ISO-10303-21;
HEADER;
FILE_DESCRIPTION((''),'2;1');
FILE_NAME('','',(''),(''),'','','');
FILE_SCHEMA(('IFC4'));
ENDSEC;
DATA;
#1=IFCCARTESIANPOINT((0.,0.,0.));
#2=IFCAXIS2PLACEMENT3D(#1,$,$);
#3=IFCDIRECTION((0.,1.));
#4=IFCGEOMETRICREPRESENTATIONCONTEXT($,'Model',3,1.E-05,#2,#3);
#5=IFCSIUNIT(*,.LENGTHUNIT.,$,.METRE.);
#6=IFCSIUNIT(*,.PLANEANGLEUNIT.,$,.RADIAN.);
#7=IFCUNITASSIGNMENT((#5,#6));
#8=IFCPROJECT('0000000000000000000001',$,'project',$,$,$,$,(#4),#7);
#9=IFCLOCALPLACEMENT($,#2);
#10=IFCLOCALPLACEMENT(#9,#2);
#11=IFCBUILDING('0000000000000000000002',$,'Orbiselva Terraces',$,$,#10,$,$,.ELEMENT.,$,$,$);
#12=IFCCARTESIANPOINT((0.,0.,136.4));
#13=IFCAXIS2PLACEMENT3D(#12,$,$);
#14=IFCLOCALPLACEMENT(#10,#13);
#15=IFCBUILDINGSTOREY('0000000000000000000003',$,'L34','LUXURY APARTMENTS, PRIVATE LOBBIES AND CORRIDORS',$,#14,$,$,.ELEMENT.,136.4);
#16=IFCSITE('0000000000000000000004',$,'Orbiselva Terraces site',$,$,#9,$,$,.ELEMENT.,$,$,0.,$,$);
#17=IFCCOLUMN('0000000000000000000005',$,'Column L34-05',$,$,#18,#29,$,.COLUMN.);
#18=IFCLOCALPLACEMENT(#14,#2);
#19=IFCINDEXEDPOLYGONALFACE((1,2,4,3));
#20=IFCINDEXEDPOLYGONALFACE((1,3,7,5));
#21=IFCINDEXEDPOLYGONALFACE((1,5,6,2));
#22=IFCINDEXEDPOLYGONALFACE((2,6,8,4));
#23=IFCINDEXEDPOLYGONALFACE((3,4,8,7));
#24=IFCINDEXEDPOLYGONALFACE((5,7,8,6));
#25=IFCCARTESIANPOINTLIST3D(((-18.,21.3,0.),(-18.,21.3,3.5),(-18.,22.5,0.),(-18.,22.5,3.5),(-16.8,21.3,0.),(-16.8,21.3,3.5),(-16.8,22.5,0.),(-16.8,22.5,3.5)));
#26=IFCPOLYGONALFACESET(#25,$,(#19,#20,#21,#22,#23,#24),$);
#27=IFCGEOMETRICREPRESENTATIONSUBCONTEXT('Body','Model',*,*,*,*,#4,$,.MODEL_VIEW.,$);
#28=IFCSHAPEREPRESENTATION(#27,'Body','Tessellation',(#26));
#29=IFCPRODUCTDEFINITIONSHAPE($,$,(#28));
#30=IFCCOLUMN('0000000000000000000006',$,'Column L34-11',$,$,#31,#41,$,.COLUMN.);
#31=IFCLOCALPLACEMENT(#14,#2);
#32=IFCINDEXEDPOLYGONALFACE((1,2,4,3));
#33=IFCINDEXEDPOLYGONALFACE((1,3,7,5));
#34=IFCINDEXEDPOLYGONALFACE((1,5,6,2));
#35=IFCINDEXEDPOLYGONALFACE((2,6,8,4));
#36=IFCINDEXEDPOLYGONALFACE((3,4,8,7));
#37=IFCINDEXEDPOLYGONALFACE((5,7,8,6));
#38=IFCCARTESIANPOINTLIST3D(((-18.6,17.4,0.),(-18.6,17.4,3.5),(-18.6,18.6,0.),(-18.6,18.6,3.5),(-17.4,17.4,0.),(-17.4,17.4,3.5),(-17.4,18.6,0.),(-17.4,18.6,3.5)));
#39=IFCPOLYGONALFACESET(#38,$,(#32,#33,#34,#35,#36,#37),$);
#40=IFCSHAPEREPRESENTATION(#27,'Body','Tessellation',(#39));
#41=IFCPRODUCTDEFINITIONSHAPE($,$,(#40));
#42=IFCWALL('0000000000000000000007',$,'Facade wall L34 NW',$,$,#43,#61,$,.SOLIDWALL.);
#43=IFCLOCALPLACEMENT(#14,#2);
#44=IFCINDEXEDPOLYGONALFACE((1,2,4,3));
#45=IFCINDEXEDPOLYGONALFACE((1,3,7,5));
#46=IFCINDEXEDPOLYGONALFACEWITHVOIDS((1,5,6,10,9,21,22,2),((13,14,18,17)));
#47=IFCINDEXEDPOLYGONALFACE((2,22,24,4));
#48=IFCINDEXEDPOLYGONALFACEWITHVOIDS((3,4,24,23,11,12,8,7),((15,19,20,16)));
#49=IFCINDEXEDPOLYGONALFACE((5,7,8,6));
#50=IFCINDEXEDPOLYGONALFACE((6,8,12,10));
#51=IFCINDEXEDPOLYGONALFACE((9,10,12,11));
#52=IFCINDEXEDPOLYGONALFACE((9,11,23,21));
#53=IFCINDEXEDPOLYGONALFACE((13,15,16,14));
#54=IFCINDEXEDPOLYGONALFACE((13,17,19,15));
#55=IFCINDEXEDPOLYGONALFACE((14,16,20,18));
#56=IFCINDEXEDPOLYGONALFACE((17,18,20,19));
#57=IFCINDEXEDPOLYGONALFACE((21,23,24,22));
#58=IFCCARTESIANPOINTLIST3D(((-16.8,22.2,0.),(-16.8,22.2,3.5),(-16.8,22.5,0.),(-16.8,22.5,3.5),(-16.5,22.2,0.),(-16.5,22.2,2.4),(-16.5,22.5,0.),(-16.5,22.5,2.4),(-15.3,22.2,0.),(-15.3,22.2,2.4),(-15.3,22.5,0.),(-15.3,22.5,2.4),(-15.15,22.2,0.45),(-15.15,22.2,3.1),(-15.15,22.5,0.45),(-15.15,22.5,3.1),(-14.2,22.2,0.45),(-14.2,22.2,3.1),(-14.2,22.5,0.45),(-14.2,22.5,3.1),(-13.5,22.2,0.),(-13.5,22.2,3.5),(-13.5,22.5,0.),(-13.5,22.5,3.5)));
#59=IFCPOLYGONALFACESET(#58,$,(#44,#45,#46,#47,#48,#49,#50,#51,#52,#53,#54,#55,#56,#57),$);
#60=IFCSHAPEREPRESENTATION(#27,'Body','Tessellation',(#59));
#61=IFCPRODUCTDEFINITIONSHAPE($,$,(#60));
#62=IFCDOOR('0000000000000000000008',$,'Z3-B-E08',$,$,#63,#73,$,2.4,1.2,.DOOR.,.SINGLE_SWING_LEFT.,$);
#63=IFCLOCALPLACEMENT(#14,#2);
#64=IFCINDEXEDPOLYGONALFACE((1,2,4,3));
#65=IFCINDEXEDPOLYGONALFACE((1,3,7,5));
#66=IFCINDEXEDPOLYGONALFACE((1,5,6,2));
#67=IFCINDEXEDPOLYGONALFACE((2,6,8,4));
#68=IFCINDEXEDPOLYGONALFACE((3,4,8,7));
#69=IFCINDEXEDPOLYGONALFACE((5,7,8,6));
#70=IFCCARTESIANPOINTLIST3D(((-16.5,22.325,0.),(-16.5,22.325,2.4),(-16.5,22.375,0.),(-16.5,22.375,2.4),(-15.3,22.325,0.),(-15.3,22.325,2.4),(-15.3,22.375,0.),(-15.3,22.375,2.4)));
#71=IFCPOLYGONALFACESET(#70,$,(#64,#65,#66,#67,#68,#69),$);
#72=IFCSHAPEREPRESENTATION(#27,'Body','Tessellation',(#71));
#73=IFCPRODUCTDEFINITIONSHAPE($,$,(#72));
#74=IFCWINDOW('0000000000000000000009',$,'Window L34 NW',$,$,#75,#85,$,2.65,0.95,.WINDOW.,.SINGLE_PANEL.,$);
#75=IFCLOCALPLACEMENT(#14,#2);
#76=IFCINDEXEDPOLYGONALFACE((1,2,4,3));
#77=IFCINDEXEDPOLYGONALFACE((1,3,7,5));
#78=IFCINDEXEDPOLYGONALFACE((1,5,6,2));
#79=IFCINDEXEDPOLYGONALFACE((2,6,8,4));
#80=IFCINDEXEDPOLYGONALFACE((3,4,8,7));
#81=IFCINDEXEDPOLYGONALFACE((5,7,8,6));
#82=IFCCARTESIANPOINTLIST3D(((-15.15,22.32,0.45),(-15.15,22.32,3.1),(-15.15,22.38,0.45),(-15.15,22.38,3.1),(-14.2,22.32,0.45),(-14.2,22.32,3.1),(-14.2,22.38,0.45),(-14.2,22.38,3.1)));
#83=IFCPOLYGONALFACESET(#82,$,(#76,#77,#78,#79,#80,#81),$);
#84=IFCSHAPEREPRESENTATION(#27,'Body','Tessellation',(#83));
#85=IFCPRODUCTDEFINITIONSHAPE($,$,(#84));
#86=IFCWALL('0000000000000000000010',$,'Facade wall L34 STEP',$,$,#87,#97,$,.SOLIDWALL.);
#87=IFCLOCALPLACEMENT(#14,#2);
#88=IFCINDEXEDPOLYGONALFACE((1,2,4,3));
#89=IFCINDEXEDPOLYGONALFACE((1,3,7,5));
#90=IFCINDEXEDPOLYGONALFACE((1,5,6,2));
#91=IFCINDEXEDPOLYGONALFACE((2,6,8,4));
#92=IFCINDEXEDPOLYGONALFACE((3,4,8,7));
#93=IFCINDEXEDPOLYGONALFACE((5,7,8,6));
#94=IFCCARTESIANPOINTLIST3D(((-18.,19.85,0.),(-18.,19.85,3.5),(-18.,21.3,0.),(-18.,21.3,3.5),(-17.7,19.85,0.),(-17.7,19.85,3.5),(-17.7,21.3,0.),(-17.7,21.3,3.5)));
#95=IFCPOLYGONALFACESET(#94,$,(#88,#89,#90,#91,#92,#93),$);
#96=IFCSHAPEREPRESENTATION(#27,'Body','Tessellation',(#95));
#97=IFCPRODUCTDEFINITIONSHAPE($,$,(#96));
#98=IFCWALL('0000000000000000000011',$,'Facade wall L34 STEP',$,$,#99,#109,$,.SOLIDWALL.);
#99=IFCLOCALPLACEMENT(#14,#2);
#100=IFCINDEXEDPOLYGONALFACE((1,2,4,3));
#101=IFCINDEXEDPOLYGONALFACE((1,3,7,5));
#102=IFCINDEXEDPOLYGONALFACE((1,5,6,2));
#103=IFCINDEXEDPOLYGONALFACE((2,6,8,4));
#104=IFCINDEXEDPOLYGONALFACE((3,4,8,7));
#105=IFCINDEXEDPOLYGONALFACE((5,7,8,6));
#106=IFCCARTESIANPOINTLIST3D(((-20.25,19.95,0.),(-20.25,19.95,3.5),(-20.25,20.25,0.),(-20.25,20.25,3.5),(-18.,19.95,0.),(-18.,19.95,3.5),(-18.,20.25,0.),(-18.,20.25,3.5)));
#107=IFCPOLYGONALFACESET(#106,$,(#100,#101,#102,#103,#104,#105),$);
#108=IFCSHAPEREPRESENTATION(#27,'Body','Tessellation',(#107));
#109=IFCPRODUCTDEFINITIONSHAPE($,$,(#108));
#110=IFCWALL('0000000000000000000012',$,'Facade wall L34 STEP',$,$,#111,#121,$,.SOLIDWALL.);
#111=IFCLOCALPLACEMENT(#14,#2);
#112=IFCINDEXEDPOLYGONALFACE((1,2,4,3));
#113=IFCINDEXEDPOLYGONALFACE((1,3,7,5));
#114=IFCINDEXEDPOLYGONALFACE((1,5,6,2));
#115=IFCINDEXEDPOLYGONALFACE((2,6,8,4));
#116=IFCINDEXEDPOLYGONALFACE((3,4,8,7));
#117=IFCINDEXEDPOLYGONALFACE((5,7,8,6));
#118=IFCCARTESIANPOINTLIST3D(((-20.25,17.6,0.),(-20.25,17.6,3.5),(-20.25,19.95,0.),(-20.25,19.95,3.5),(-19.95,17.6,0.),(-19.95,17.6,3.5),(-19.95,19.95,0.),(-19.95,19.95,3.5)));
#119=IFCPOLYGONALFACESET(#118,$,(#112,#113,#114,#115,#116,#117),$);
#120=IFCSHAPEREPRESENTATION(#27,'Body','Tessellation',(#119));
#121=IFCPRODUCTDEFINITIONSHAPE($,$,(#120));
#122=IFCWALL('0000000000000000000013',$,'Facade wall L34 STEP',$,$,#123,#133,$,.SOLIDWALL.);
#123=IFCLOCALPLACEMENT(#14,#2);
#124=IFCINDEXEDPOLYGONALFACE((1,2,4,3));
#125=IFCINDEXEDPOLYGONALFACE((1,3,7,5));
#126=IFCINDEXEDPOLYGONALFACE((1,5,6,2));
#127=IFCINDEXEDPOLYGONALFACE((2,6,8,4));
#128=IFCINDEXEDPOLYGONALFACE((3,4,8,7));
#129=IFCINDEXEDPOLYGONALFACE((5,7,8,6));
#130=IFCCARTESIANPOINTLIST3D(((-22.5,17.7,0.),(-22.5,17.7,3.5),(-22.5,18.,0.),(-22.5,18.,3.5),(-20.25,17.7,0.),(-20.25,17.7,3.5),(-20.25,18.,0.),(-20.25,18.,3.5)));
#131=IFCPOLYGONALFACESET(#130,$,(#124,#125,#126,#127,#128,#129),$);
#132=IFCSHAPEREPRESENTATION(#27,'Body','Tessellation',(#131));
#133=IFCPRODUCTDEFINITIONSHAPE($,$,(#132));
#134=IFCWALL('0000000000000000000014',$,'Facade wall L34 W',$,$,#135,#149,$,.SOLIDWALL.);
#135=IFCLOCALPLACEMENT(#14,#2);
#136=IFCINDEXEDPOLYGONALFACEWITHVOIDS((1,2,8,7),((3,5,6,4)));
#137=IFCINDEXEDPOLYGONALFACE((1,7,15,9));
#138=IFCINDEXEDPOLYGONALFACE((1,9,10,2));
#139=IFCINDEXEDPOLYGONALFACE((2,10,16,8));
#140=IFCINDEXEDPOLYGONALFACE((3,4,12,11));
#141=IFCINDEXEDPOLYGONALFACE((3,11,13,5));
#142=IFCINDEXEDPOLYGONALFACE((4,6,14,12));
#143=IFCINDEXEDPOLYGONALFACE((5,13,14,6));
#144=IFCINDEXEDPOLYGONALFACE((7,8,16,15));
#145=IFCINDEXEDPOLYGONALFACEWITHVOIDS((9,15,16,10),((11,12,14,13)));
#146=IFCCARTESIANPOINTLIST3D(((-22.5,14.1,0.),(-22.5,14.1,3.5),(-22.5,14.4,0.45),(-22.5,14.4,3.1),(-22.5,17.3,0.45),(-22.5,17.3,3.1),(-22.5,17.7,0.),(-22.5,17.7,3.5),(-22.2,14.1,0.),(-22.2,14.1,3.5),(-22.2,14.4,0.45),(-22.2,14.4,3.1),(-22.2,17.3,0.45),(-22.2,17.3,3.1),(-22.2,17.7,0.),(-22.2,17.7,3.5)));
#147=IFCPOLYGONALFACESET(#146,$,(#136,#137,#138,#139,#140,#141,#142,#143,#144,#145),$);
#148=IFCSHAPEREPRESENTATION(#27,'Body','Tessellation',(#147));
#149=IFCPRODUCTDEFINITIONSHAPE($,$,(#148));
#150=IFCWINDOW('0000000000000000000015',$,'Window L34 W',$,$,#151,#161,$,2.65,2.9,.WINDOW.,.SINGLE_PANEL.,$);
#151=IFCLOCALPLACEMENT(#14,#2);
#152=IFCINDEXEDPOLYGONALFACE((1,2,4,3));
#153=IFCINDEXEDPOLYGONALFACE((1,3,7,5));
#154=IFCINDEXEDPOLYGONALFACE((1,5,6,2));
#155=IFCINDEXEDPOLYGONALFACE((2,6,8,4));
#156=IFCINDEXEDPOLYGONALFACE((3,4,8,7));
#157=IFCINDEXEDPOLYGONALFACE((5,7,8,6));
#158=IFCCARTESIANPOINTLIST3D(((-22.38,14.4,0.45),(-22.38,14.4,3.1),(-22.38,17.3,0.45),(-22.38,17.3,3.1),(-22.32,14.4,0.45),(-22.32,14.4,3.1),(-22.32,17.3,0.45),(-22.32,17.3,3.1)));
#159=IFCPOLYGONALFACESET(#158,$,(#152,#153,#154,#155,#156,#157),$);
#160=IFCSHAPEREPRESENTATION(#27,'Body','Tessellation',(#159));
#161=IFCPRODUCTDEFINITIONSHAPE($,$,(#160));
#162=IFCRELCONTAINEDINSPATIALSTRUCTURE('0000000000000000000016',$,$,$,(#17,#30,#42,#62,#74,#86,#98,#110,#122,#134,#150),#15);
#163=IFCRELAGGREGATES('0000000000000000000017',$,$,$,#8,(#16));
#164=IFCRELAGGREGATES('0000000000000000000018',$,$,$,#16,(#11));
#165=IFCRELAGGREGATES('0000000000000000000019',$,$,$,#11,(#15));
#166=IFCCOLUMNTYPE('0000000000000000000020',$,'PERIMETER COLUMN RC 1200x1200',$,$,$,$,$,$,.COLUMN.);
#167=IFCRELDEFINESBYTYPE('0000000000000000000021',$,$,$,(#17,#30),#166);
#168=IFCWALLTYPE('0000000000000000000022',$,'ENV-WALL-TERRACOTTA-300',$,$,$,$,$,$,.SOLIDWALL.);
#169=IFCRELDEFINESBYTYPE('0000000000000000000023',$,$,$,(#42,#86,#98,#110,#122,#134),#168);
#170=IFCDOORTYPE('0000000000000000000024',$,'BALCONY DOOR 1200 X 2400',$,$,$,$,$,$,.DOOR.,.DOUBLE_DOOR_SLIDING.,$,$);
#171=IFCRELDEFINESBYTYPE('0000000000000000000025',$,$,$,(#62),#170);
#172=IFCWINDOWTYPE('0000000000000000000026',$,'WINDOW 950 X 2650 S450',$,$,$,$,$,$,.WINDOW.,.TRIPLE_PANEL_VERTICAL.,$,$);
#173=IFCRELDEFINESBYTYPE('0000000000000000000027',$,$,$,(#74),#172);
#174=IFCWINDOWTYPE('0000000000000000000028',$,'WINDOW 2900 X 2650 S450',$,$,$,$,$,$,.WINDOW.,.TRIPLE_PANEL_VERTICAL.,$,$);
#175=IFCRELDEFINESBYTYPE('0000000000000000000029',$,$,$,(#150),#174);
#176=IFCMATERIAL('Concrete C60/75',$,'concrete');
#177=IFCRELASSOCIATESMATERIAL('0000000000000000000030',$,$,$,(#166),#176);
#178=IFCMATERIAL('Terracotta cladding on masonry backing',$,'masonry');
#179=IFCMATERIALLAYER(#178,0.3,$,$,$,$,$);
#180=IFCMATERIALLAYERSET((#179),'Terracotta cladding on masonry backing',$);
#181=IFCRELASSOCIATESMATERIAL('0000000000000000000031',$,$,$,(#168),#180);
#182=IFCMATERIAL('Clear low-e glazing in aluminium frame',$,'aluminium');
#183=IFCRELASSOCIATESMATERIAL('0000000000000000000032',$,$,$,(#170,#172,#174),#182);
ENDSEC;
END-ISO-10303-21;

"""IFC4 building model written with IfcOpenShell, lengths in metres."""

from ifc_helpers import new_model, si_unit, direction, frame, frame_2d, origin, origin_2d, place, context, subcontext, project, spatial, rectangle, extrude, material, layer, layer_set, material_profile, profile_set, type_object, element, fill, save


model = new_model("IFC4")

# Units and contexts
model_context = context("Model", 3, precision=1e-05, world=origin(), true_north=direction((0.0, 1.0)))
body_context = subcontext(model_context, "Body", "Model", "MODEL_VIEW")
ifc_project = project(units=[si_unit("LENGTHUNIT", "METRE"), si_unit("PLANEANGLEUNIT", "RADIAN")], contexts=[model_context])

# Site, building, storey
site_placement = place(None, origin())
site = spatial("IfcSite", under=ifc_project, at=site_placement, Name="Orbiselva Terraces site", CompositionType="ELEMENT", RefElevation=0.0)
building_placement = place(site_placement, origin())
building = spatial("IfcBuilding", under=site, at=building_placement, Name="Orbiselva Terraces", CompositionType="ELEMENT")
storey_placement = place(building_placement, frame((0.0, 0.0, 136.4)))
storey = spatial("IfcBuildingStorey", under=building, at=storey_placement, Name="L34", Description="LUXURY APARTMENTS, PRIVATE LOBBIES AND CORRIDORS", CompositionType="ELEMENT", Elevation=136.4)

# Columns
ifc_material_1 = material(Name="Concrete C60/75", Category="concrete")
ifc_material_profile = material_profile(ifc_material_1, rectangle(XDim=1.2, YDim=1.2, at=origin_2d()), Name="RC 1200x1200")
ifc_profile_set = profile_set([ifc_material_profile], Name="Concrete C60/75")
column_type = type_object("IfcColumnType", Name="PERIMETER COLUMN RC 1200x1200", PredefinedType="COLUMN", material=ifc_profile_set)
for number, where, z_axis, x_axis, name in (
    (1, (-17.4, 21.9, 0.0), (0.0, 0.0, 1.0), (1.0, 0.0, 0.0), "Column L34-05"),
    (2, (-18.0, 18.0, 0.0), (0.0, 0.0, 1.0), (1.0, 0.0, 0.0), "Column L34-11"),
):
    element("IfcColumn", number, at=place(storey_placement, frame(where, z_axis=z_axis, x_axis=x_axis)), inside=storey, type_object=column_type, Name=name, PredefinedType="COLUMN", context=body_context, shape_type="SweptSolid", body=[
        extrude(rectangle(XDim=1.2, YDim=1.2, at=origin_2d()), origin(), (0.0, 0.0, 1.0), 3.5),
    ])

# Wall, openings, door, window
ifc_material_2 = material(Name="Terracotta cladding on masonry backing", Category="masonry")
ifc_layer_1 = layer(ifc_material_2, 0.3)
ifc_layer_set_1 = layer_set([ifc_layer_1], Name="Terracotta cladding on masonry backing")
wall_type_1 = type_object("IfcWallType", Name="ENV-WALL-TERRACOTTA-300", PredefinedType="SOLIDWALL", material=ifc_layer_set_1)
wall_1_placement = place(storey_placement, frame((-16.8, 22.35, 0.0), z_axis=(0.0, 0.0, 1.0), x_axis=(1.0, 0.0, 0.0)))
wall_1 = element("IfcWall", 3, at=wall_1_placement, inside=storey, type_object=wall_type_1, Name="Facade wall L34 NW", PredefinedType="SOLIDWALL", context=body_context, shape_type="SweptSolid", body=[
    extrude(rectangle(XDim=3.3, YDim=0.3, at=frame_2d((1.65, 0.0))), origin(), (0.0, 0.0, 1.0), 3.5),
])
opening_1_placement = place(wall_1_placement, frame((1.65, 0.0, 0.45)))
opening_1 = element("IfcOpeningElement", 4, at=opening_1_placement, cuts=wall_1, PredefinedType="OPENING", context=body_context, shape_type="SweptSolid", body=[
    extrude(rectangle(XDim=0.95, YDim=2.65, at=frame_2d((0.475, 1.325))), frame((0.0, 0.16, 0.0), z_axis=(0.0, -1.0, 0.0), x_axis=(1.0, 0.0, 0.0)), (0.0, 0.0, 1.0), 0.32),
])
opening_2_placement = place(wall_1_placement, frame((0.3, 0.0, 0.0)))
opening_2 = element("IfcOpeningElement", 5, at=opening_2_placement, cuts=wall_1, PredefinedType="OPENING", context=body_context, shape_type="SweptSolid", body=[
    extrude(rectangle(XDim=1.2, YDim=2.4, at=frame_2d((0.6, 1.2))), frame((0.0, 0.16, 0.0), z_axis=(0.0, -1.0, 0.0), x_axis=(1.0, 0.0, 0.0)), (0.0, 0.0, 1.0), 0.32),
])
ifc_material_3 = material(Name="Clear low-e glazing in aluminium frame", Category="aluminium")
door_type_1 = type_object("IfcDoorType", Name="BALCONY DOOR 1200 X 2400", OperationType="DOUBLE_DOOR_SLIDING", PredefinedType="DOOR", material=ifc_material_3)
door_1_placement = place(opening_2_placement, origin())
door_1 = element("IfcDoor", 6, at=door_1_placement, inside=storey, type_object=door_type_1, Name="Z3-B-E08", OperationType="SINGLE_SWING_LEFT", OverallHeight=2.4, OverallWidth=1.2, PredefinedType="DOOR", context=body_context, shape_type="SweptSolid", body=[
    extrude(rectangle(XDim=1.2, YDim=2.4, at=frame_2d((0.6, 1.2))), frame((0.0, 0.025, 0.0), z_axis=(0.0, -1.0, 0.0), x_axis=(1.0, 0.0, 0.0)), (0.0, 0.0, 1.0), 0.05),
])
fill(opening_2, door_1)
window_type_1 = type_object("IfcWindowType", Name="WINDOW 950 X 2650 S450", PartitioningType="TRIPLE_PANEL_VERTICAL", PredefinedType="WINDOW", material=ifc_material_3)
window_1_placement = place(opening_1_placement, origin())
window_1 = element("IfcWindow", 7, at=window_1_placement, inside=storey, type_object=window_type_1, Name="Window L34 NW", OverallHeight=2.65, OverallWidth=0.95, PartitioningType="SINGLE_PANEL", PredefinedType="WINDOW", context=body_context, shape_type="SweptSolid", body=[
    extrude(rectangle(XDim=0.95, YDim=2.65, at=frame_2d((0.475, 1.325))), frame((0.0, 0.03, 0.0), z_axis=(0.0, -1.0, 0.0), x_axis=(1.0, 0.0, 0.0)), (0.0, 0.0, 1.0), 0.06),
])
fill(opening_1, window_1)

# Walls
wall_2_placement = place(storey_placement, frame((-17.85, 19.85, 0.0), z_axis=(0.0, 0.0, 1.0), x_axis=(0.0, 1.0, 0.0)))
element("IfcWall", 8, at=wall_2_placement, inside=storey, type_object=wall_type_1, Name="Facade wall L34 STEP", PredefinedType="SOLIDWALL", context=body_context, shape_type="SweptSolid", body=[
    extrude(rectangle(XDim=1.45, YDim=0.3, at=frame_2d((0.725, 0.0))), origin(), (0.0, 0.0, 1.0), 3.5),
])
wall_3_placement = place(storey_placement, frame((-20.25, 20.1, 0.0), z_axis=(0.0, 0.0, 1.0), x_axis=(1.0, 0.0, 0.0)))
element("IfcWall", 9, at=wall_3_placement, inside=storey, type_object=wall_type_1, Name="Facade wall L34 STEP", PredefinedType="SOLIDWALL", context=body_context, shape_type="SweptSolid", body=[
    extrude(rectangle(XDim=2.25, YDim=0.3, at=frame_2d((1.125, 0.0))), origin(), (0.0, 0.0, 1.0), 3.5),
])
wall_4_placement = place(storey_placement, frame((-20.1, 17.6, 0.0), z_axis=(0.0, 0.0, 1.0), x_axis=(0.0, 1.0, 0.0)))
element("IfcWall", 10, at=wall_4_placement, inside=storey, type_object=wall_type_1, Name="Facade wall L34 STEP", PredefinedType="SOLIDWALL", context=body_context, shape_type="SweptSolid", body=[
    extrude(rectangle(XDim=2.35, YDim=0.3, at=frame_2d((1.175, 0.0))), origin(), (0.0, 0.0, 1.0), 3.5),
])
wall_5_placement = place(storey_placement, frame((-22.5, 17.85, 0.0), z_axis=(0.0, 0.0, 1.0), x_axis=(1.0, 0.0, 0.0)))
element("IfcWall", 11, at=wall_5_placement, inside=storey, type_object=wall_type_1, Name="Facade wall L34 STEP", PredefinedType="SOLIDWALL", context=body_context, shape_type="SweptSolid", body=[
    extrude(rectangle(XDim=2.25, YDim=0.3, at=frame_2d((1.125, 0.0))), origin(), (0.0, 0.0, 1.0), 3.5),
])

# Wall, opening, window
wall_6_placement = place(storey_placement, frame((-22.35, 14.1, 0.0), z_axis=(0.0, 0.0, 1.0), x_axis=(0.0, 1.0, 0.0)))
wall_6 = element("IfcWall", 12, at=wall_6_placement, inside=storey, type_object=wall_type_1, Name="Facade wall L34 W", PredefinedType="SOLIDWALL", context=body_context, shape_type="SweptSolid", body=[
    extrude(rectangle(XDim=3.6, YDim=0.3, at=frame_2d((1.8, 0.0))), origin(), (0.0, 0.0, 1.0), 3.5),
])
opening_3_placement = place(wall_6_placement, frame((0.3, 0.0, 0.45)))
opening_3 = element("IfcOpeningElement", 13, at=opening_3_placement, cuts=wall_6, PredefinedType="OPENING", context=body_context, shape_type="SweptSolid", body=[
    extrude(rectangle(XDim=2.9, YDim=2.65, at=frame_2d((1.45, 1.325))), frame((0.0, 0.16, 0.0), z_axis=(0.0, -1.0, 0.0), x_axis=(1.0, 0.0, 0.0)), (0.0, 0.0, 1.0), 0.32),
])
window_type_2 = type_object("IfcWindowType", Name="WINDOW 2900 X 2650 S450", PartitioningType="TRIPLE_PANEL_VERTICAL", PredefinedType="WINDOW", material=ifc_material_3)
window_2_placement = place(opening_3_placement, origin())
window_2 = element("IfcWindow", 14, at=window_2_placement, inside=storey, type_object=window_type_2, Name="Window L34 W", OverallHeight=2.65, OverallWidth=2.9, PartitioningType="SINGLE_PANEL", PredefinedType="WINDOW", context=body_context, shape_type="SweptSolid", body=[
    extrude(rectangle(XDim=2.9, YDim=2.65, at=frame_2d((1.45, 1.325))), frame((0.0, 0.03, 0.0), z_axis=(0.0, -1.0, 0.0), x_axis=(1.0, 0.0, 0.0)), (0.0, 0.0, 1.0), 0.06),
])
fill(opening_3, window_2)

save(model, "model.ifc")
